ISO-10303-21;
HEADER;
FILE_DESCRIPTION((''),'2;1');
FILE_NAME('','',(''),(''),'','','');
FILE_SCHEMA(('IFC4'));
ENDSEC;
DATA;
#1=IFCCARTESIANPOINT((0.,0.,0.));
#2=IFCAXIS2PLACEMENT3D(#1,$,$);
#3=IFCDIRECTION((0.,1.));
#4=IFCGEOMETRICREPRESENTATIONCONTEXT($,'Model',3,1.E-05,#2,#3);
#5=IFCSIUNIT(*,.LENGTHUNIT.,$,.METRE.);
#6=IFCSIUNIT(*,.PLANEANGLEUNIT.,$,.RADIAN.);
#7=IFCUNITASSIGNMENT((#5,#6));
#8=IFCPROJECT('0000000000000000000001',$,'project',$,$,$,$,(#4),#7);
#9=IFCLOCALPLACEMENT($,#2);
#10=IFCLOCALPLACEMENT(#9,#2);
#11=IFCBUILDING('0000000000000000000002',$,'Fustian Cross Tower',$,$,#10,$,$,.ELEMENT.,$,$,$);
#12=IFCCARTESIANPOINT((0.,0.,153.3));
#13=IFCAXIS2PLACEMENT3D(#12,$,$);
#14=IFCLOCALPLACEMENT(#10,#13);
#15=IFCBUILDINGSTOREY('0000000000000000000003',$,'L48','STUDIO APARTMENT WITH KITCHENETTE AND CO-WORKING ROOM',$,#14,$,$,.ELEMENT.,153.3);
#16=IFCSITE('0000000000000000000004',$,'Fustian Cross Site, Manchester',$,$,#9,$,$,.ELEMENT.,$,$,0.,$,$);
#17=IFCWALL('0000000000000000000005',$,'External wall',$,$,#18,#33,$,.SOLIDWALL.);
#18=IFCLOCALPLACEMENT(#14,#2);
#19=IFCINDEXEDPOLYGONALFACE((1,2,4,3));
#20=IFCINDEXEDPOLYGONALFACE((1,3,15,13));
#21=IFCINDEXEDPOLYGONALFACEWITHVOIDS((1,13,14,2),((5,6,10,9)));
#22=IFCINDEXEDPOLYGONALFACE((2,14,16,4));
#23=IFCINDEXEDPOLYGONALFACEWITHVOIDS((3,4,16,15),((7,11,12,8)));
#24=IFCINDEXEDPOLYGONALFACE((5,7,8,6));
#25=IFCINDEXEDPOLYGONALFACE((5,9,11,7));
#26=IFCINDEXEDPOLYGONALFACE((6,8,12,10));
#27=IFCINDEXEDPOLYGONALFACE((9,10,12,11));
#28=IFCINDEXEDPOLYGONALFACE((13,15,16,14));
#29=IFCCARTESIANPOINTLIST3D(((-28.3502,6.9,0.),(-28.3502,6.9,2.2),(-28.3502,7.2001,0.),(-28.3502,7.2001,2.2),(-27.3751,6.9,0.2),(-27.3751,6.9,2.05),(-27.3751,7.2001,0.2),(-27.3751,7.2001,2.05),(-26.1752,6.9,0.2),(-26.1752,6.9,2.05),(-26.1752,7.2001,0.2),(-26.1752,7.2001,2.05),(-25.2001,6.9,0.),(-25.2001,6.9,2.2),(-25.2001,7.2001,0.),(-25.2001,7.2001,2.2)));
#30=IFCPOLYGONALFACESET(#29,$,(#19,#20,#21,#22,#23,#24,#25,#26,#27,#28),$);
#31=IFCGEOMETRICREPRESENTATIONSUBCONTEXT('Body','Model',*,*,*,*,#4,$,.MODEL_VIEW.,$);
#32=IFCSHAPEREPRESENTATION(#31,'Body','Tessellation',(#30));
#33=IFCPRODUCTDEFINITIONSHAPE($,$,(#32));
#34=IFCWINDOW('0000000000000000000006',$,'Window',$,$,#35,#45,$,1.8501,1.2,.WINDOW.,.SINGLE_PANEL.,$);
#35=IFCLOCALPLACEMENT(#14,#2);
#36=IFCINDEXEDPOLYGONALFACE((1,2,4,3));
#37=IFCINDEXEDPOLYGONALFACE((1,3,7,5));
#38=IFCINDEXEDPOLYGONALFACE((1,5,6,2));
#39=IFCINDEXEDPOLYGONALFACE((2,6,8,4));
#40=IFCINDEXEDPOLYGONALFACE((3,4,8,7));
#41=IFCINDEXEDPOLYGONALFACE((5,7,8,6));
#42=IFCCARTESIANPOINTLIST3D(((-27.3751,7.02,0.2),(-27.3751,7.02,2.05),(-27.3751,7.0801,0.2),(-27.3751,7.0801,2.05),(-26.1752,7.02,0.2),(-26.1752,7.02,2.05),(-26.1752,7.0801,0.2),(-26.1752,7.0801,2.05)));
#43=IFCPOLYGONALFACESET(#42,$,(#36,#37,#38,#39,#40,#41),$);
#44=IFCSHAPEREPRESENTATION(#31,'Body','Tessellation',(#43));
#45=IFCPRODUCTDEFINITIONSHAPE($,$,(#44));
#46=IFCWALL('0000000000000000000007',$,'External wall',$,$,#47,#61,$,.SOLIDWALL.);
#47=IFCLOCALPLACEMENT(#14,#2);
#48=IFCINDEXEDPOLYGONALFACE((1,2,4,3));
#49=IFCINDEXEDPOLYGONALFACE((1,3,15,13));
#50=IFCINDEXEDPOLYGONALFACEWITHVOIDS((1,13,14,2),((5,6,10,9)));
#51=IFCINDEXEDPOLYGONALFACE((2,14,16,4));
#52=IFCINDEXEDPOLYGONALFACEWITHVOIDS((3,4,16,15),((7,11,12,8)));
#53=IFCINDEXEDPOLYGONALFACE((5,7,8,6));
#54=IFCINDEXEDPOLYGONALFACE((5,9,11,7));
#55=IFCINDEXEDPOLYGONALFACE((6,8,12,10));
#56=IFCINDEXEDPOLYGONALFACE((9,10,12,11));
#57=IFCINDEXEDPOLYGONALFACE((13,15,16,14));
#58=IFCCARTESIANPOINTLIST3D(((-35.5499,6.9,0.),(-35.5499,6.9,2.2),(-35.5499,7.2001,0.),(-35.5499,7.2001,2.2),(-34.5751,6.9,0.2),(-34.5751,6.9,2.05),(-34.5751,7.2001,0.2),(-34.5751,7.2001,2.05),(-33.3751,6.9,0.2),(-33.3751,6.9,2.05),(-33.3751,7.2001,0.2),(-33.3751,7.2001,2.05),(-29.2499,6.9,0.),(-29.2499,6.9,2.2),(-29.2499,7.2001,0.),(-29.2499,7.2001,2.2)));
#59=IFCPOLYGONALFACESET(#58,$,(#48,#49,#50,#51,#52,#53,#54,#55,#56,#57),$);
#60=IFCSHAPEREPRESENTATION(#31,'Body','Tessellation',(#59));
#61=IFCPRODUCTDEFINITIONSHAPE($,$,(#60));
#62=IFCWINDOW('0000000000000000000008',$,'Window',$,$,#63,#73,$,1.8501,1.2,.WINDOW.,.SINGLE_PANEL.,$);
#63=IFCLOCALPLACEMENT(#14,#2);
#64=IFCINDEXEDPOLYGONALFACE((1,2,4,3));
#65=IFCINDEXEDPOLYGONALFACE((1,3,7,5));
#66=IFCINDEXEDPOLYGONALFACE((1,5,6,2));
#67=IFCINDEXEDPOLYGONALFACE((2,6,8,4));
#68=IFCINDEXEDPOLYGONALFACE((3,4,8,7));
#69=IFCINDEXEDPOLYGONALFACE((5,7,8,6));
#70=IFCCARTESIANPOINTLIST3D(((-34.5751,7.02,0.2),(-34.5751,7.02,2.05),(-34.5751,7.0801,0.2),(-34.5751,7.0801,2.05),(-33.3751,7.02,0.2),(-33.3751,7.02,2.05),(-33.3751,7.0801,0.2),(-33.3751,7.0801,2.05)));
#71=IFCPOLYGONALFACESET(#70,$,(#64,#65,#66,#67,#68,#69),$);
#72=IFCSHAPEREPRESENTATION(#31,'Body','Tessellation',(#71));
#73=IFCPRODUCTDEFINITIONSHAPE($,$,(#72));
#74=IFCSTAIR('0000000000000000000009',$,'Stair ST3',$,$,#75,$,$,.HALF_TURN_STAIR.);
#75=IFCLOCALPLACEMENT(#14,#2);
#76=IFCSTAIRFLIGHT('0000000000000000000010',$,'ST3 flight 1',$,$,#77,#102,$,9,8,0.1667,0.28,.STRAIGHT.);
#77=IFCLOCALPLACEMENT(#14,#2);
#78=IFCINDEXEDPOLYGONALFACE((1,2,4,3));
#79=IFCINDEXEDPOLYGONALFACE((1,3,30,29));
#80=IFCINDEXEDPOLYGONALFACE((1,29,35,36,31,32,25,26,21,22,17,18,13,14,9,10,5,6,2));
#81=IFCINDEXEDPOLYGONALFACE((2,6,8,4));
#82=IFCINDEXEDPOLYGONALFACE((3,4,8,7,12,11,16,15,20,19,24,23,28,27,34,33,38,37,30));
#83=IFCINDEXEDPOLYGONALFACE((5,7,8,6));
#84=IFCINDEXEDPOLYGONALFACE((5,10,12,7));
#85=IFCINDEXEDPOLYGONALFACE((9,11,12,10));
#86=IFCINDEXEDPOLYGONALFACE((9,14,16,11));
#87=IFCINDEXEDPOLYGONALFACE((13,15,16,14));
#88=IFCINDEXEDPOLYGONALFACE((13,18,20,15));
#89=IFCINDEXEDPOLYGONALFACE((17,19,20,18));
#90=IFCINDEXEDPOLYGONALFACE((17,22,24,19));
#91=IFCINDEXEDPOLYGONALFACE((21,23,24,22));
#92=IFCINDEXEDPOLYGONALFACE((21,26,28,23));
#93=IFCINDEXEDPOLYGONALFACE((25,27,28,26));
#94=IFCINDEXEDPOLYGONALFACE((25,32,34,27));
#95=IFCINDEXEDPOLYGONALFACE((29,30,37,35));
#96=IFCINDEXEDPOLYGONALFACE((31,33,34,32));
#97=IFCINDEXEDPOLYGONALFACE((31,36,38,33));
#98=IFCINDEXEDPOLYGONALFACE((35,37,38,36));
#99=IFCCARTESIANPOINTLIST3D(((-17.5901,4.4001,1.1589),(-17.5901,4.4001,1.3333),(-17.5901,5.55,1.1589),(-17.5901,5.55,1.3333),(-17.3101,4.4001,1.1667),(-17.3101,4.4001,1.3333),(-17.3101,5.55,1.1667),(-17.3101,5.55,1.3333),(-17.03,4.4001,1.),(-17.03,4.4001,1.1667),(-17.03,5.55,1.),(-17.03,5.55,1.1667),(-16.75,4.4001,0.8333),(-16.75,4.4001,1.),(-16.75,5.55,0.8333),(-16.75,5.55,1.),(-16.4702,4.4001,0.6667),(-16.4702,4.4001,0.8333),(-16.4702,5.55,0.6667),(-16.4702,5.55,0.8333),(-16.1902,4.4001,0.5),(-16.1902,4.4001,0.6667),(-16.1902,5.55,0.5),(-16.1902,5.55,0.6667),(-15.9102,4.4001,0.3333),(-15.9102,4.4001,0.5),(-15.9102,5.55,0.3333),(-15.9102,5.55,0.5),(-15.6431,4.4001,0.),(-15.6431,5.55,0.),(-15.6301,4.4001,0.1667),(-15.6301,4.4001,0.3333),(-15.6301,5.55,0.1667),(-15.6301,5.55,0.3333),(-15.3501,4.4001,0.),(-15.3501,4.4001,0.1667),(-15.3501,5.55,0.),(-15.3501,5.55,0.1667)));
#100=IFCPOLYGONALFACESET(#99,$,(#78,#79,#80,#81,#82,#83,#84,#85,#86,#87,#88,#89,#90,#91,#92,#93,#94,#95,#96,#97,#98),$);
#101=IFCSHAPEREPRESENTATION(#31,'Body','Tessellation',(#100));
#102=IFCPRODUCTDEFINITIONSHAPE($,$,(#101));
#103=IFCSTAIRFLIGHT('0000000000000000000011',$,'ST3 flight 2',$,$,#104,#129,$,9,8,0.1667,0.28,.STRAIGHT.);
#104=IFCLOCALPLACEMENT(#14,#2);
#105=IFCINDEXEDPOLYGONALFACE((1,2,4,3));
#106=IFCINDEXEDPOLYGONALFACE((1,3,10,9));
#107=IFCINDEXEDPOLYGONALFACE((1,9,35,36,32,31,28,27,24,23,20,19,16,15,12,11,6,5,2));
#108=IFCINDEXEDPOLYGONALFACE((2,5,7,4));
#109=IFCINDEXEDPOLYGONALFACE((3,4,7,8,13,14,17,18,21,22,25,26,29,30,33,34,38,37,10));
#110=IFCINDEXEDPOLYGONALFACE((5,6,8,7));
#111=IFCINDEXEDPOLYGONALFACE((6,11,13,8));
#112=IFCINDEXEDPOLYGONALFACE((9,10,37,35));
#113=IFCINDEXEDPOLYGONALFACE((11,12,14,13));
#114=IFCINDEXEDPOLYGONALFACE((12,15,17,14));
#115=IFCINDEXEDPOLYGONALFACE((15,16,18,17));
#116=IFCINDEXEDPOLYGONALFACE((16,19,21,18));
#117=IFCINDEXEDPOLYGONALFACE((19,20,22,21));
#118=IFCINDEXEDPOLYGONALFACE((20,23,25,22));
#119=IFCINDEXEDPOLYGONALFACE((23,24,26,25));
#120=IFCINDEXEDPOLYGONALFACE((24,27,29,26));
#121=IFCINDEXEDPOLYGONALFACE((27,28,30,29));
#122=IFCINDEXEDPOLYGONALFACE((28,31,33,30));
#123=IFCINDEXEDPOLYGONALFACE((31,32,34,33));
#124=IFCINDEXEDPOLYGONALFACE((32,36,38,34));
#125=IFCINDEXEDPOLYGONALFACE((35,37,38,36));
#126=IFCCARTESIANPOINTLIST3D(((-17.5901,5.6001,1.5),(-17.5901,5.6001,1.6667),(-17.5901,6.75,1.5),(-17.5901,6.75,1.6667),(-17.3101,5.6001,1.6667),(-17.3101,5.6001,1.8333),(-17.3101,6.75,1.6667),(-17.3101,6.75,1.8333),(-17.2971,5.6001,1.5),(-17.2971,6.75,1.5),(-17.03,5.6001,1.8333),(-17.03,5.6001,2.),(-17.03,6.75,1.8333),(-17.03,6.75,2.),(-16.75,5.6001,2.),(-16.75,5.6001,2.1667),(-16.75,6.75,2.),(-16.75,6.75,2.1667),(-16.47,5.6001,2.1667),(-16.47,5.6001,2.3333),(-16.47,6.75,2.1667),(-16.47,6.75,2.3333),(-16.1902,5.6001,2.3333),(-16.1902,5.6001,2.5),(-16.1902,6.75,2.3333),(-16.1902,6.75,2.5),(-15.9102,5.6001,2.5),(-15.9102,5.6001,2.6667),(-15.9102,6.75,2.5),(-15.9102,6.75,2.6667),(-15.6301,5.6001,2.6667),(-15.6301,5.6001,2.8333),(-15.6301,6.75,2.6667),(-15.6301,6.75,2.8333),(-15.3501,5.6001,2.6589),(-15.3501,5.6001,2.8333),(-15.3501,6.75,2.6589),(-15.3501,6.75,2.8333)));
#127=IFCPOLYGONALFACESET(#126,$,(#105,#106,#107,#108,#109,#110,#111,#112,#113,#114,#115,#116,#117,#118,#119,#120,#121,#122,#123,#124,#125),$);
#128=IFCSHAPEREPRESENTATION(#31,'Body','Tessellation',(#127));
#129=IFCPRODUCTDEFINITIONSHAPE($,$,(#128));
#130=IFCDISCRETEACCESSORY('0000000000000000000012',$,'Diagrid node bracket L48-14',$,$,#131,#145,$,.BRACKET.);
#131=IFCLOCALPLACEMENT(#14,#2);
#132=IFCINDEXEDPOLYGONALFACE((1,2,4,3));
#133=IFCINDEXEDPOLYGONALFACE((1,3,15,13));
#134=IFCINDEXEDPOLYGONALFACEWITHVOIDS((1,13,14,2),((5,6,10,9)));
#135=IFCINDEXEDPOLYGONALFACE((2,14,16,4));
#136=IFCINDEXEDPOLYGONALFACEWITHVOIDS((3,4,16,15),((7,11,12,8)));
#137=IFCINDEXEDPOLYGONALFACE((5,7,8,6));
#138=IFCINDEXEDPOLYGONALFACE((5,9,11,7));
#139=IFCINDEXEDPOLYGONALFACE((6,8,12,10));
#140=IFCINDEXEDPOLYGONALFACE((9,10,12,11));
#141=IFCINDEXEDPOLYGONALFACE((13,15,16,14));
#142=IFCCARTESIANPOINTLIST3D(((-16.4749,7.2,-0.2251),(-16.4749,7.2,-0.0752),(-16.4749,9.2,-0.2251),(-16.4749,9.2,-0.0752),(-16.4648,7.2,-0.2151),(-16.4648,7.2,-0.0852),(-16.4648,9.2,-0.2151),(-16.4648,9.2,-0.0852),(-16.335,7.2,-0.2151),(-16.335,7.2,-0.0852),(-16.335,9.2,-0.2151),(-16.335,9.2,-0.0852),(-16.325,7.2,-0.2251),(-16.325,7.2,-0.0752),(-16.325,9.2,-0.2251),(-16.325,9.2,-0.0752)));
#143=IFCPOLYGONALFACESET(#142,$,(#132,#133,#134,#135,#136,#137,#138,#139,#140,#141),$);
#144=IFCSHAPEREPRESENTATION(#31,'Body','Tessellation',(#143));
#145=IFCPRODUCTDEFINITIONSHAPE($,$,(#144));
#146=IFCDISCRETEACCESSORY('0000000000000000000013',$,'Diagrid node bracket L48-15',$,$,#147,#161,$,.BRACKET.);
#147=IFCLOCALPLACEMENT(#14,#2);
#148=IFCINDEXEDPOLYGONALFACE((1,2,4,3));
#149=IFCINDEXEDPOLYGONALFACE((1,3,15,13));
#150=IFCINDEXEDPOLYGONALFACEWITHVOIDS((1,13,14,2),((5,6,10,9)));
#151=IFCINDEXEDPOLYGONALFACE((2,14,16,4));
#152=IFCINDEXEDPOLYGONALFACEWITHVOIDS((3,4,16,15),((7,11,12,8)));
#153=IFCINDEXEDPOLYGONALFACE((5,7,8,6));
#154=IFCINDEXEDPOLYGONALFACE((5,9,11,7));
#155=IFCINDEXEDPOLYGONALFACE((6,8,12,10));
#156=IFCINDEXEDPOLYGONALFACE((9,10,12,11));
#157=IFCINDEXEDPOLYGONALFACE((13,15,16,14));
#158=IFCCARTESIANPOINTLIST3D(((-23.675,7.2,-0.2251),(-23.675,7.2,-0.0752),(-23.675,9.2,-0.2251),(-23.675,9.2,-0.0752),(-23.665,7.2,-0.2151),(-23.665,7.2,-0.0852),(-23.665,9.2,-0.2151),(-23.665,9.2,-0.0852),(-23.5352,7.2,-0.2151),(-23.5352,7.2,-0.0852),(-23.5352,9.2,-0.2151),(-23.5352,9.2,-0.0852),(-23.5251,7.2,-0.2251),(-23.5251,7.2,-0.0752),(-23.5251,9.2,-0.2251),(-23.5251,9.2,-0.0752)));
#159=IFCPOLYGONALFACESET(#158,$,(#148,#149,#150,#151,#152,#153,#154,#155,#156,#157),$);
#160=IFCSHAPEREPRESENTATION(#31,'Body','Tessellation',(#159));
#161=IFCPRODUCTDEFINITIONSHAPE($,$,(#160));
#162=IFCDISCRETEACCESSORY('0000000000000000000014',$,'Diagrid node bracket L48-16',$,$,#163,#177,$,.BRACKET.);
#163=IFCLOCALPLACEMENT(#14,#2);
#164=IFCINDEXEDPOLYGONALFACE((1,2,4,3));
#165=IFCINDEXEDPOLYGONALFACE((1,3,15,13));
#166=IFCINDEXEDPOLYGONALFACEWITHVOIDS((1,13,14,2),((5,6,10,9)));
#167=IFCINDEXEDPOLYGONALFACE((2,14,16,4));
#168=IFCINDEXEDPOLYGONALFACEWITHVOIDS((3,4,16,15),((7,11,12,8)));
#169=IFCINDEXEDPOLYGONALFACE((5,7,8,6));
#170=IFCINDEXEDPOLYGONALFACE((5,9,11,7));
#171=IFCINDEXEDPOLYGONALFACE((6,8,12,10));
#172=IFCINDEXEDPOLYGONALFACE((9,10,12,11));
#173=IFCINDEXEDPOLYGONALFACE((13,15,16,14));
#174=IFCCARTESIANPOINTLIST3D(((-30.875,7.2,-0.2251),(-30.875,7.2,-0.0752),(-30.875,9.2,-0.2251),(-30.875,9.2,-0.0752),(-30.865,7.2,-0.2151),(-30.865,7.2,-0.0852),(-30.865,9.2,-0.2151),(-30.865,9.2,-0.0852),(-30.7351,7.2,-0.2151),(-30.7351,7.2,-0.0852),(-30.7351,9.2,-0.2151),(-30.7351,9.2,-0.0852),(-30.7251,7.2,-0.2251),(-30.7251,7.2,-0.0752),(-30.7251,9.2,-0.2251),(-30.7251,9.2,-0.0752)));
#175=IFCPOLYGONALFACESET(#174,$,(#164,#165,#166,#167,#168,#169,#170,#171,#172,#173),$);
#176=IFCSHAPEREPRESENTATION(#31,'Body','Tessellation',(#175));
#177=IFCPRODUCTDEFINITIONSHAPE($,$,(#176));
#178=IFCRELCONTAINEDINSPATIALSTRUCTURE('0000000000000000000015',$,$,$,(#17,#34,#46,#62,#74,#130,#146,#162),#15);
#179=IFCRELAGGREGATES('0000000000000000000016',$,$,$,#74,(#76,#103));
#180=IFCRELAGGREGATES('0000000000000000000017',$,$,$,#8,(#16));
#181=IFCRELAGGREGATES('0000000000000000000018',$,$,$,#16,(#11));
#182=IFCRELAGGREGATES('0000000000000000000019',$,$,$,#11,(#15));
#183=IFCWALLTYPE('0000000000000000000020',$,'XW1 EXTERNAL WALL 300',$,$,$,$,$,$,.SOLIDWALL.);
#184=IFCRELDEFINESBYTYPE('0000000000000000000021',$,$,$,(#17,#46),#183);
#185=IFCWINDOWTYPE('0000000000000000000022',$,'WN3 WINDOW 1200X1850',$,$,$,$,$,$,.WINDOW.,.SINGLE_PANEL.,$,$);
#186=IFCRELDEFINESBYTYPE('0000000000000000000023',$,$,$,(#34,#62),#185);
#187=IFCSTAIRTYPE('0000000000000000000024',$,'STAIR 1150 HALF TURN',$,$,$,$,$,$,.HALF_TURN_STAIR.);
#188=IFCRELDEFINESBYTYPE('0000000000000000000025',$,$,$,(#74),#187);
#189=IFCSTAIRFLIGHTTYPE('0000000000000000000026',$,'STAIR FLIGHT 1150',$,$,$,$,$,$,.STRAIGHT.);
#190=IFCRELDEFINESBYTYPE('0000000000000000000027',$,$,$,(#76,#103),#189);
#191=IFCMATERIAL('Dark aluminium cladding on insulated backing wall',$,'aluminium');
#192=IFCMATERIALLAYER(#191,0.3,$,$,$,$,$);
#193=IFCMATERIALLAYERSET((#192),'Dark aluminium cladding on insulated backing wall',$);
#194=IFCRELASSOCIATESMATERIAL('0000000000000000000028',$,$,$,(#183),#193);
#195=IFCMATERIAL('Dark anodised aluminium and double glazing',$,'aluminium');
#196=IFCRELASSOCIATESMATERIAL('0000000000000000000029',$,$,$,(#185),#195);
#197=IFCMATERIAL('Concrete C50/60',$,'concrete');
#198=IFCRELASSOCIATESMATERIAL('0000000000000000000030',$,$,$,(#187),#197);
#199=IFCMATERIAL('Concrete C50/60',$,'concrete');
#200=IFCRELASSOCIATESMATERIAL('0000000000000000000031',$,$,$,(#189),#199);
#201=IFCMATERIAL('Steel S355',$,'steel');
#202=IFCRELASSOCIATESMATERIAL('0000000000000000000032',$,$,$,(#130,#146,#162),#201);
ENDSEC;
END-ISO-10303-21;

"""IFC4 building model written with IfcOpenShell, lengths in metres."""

from ifc_helpers import new_model, si_unit, direction, frame, frame_2d, origin, origin_2d, place, context, subcontext, project, spatial, polyline, rectangle, hollow_rectangle, outline, extrude, material, layer, layer_set, type_object, element, fill, aggregate, save


model = new_model("IFC4")

# Units and contexts
model_context = context("Model", 3, precision=1e-05, world=origin(), true_north=direction((0.0, 1.0)))
body_context = subcontext(model_context, "Body", "Model", "MODEL_VIEW")
ifc_project = project(units=[si_unit("LENGTHUNIT", "METRE"), si_unit("PLANEANGLEUNIT", "RADIAN")], contexts=[model_context])

# Site, building, storey
site_placement = place(None, origin())
site = spatial("IfcSite", under=ifc_project, at=site_placement, Name="Fustian Cross Site, Manchester", CompositionType="ELEMENT", RefElevation=0.0)
building_placement = place(site_placement, origin())
building = spatial("IfcBuilding", under=site, at=building_placement, Name="Fustian Cross Tower", CompositionType="ELEMENT")
storey_placement = place(building_placement, frame((0.0, 0.0, 153.3)))
storey = spatial("IfcBuildingStorey", under=building, at=storey_placement, Name="L48", Description="STUDIO APARTMENT WITH KITCHENETTE AND CO-WORKING ROOM", CompositionType="ELEMENT", Elevation=153.3)

# Shared definitions
ifc_material_1 = material(Name="Dark aluminium cladding on insulated backing wall", Category="aluminium")
ifc_layer_1 = layer(ifc_material_1, 0.3)
ifc_layer_set_1 = layer_set([ifc_layer_1], Name="Dark aluminium cladding on insulated backing wall")
wall_type_1 = type_object("IfcWallType", Name="XW1 EXTERNAL WALL 300", PredefinedType="SOLIDWALL", material=ifc_layer_set_1)

# Walls, openings, windows
wall_1_placement = place(storey_placement, frame((-25.2, 7.05, 0.0), z_axis=(0.0, 0.0, 1.0), x_axis=(-1.0, 0.0, 0.0)))
wall_1 = element("IfcWall", 1, at=wall_1_placement, inside=storey, type_object=wall_type_1, Name="External wall", PredefinedType="SOLIDWALL", context=body_context, shape_type="SweptSolid", body=[
    extrude(rectangle(XDim=3.1501, YDim=0.3, at=frame_2d((1.5752, 0.0))), origin(), (0.0, 0.0, 1.0), 2.2),
])
opening_1_placement = place(wall_1_placement, frame((0.9751, 0.0, 0.2)))
opening_1 = element("IfcOpeningElement", 2, at=opening_1_placement, cuts=wall_1, PredefinedType="OPENING", context=body_context, shape_type="SweptSolid", body=[
    extrude(rectangle(XDim=1.2, YDim=1.8501, at=frame_2d((0.6001, 0.925))), frame((0.0, 0.1599, 0.0), z_axis=(0.0, -1.0, 0.0), x_axis=(1.0, 0.0, 0.0)), (0.0, 0.0, 1.0), 0.3201),
])
ifc_material_2 = material(Name="Dark anodised aluminium and double glazing", Category="aluminium")
window_type = type_object("IfcWindowType", Name="WN3 WINDOW 1200X1850", PartitioningType="SINGLE_PANEL", PredefinedType="WINDOW", material=ifc_material_2)
window_1_placement = place(opening_1_placement, origin())
window_1 = element("IfcWindow", 3, at=window_1_placement, inside=storey, type_object=window_type, Name="Window", OverallHeight=1.8501, OverallWidth=1.2, PartitioningType="SINGLE_PANEL", PredefinedType="WINDOW", context=body_context, shape_type="SweptSolid", body=[
    extrude(rectangle(XDim=1.2, YDim=1.8501, at=frame_2d((0.6001, 0.925))), frame((0.0, 0.03, 0.0), z_axis=(0.0, -1.0, 0.0), x_axis=(1.0, 0.0, 0.0)), (0.0, 0.0, 1.0), 0.0601),
])
fill(opening_1, window_1)
wall_2_placement = place(storey_placement, frame((-29.25, 7.05, 0.0), z_axis=(0.0, 0.0, 1.0), x_axis=(-1.0, 0.0, 0.0)))
wall_2 = element("IfcWall", 4, at=wall_2_placement, inside=storey, type_object=wall_type_1, Name="External wall", PredefinedType="SOLIDWALL", context=body_context, shape_type="SweptSolid", body=[
    extrude(rectangle(XDim=6.3, YDim=0.3, at=frame_2d((3.1499, 0.0))), origin(), (0.0, 0.0, 1.0), 2.2),
])
opening_2_placement = place(wall_2_placement, frame((4.125, 0.0, 0.2)))
opening_2 = element("IfcOpeningElement", 5, at=opening_2_placement, cuts=wall_2, PredefinedType="OPENING", context=body_context, shape_type="SweptSolid", body=[
    extrude(rectangle(XDim=1.2, YDim=1.8501, at=frame_2d((0.6001, 0.925))), frame((0.0, 0.1599, 0.0), z_axis=(0.0, -1.0, 0.0), x_axis=(1.0, 0.0, 0.0)), (0.0, 0.0, 1.0), 0.3201),
])
window_2_placement = place(opening_2_placement, origin())
window_2 = element("IfcWindow", 6, at=window_2_placement, inside=storey, type_object=window_type, Name="Window", OverallHeight=1.8501, OverallWidth=1.2, PartitioningType="SINGLE_PANEL", PredefinedType="WINDOW", context=body_context, shape_type="SweptSolid", body=[
    extrude(rectangle(XDim=1.2, YDim=1.8501, at=frame_2d((0.6001, 0.925))), frame((0.0, 0.03, 0.0), z_axis=(0.0, -1.0, 0.0), x_axis=(1.0, 0.0, 0.0)), (0.0, 0.0, 1.0), 0.0601),
])
fill(opening_2, window_2)

# Stair, stair flights
ifc_material_3 = material(Name="Concrete C50/60", Category="concrete")
stair_type = type_object("IfcStairType", Name="STAIR 1150 HALF TURN", PredefinedType="HALF_TURN_STAIR", material=ifc_material_3)
stair_placement = place(storey_placement, origin())
stair = element("IfcStair", 7, at=stair_placement, inside=storey, type_object=stair_type, Name="Stair ST3", PredefinedType="HALF_TURN_STAIR")
ifc_material_4 = material(Name="Concrete C50/60", Category="concrete")
stair_flight_type = type_object("IfcStairFlightType", Name="STAIR FLIGHT 1150", PredefinedType="STRAIGHT", material=ifc_material_4)
stair_flight_1_placement = place(storey_placement, frame((-15.3501, 4.9751, 0.0), z_axis=(0.0, 0.0, 1.0), x_axis=(-1.0, 0.0, 0.0)))
stair_flight_1 = element("IfcStairFlight", 8, at=stair_flight_1_placement, type_object=stair_flight_type, Name="ST3 flight 1", NumberOfRisers=9, NumberOfTreads=8, PredefinedType="STRAIGHT", RiserHeight=0.1667, TreadLength=0.28, context=body_context, shape_type="SweptSolid", body=[
    extrude(outline(polyline([(0.0, 0.0), (0.0, 0.1667), (0.28, 0.1667), (0.28, 0.3333), (0.5601, 0.3333), (0.5601, 0.5), (0.8401, 0.5), (0.8401, 0.6667), (1.1201, 0.6667), (1.1201, 0.8333), (1.3999, 0.8333), (1.3999, 1.0), (1.6799, 1.0), (1.6799, 1.1667), (1.96, 1.1667), (1.96, 1.3333), (2.24, 1.3333), (2.24, 1.5), (2.24, 1.1589), (0.293, 0.0), (0.0, 0.0)])), frame((0.0, 0.575, 0.0), z_axis=(0.0, -1.0, 0.0), x_axis=(1.0, 0.0, 0.0)), (0.0, 0.0, 1.0), 1.1499),
])
stair_flight_2_placement = place(storey_placement, frame((-17.5901, 6.175, 1.5), z_axis=(0.0, 0.0, 1.0), x_axis=(1.0, 0.0, 0.0)))
stair_flight_2 = element("IfcStairFlight", 9, at=stair_flight_2_placement, type_object=stair_flight_type, Name="ST3 flight 2", NumberOfRisers=9, NumberOfTreads=8, PredefinedType="STRAIGHT", RiserHeight=0.1667, TreadLength=0.28, context=body_context, shape_type="SweptSolid", body=[
    extrude(outline(polyline([(0.0, 0.0), (0.0, 0.1667), (0.28, 0.1667), (0.28, 0.3333), (0.5601, 0.3333), (0.5601, 0.5), (0.8401, 0.5), (0.8401, 0.6667), (1.1201, 0.6667), (1.1201, 0.8333), (1.3999, 0.8333), (1.3999, 1.0), (1.6799, 1.0), (1.6799, 1.1667), (1.96, 1.1667), (1.96, 1.3333), (2.24, 1.3333), (2.24, 1.5), (2.24, 1.1589), (0.293, 0.0), (0.0, 0.0)])), frame((0.0, 0.575, 0.0), z_axis=(0.0, -1.0, 0.0), x_axis=(1.0, 0.0, 0.0)), (0.0, 0.0, 1.0), 1.1499),
])
aggregate(stair, [stair_flight_1, stair_flight_2])

# Discrete accessories
ifc_material_5 = material(Name="Steel S355", Category="steel")
for number, where, z_axis, x_axis, name in (
    (10, (-16.3999, 9.2, -0.1501), (0.0, -1.0, 0.0), (1.0, 0.0, 0.0), "Diagrid node bracket L48-14"),
    (11, (-23.6001, 9.2, -0.1501), (0.0, -1.0, 0.0), (1.0, 0.0, 0.0), "Diagrid node bracket L48-15"),
    (12, (-30.8, 9.2, -0.1501), (0.0, -1.0, 0.0), (1.0, 0.0, 0.0), "Diagrid node bracket L48-16"),
):
    element("IfcDiscreteAccessory", number, at=place(storey_placement, frame(where, z_axis=z_axis, x_axis=x_axis)), inside=storey, material=ifc_material_5, Name=name, PredefinedType="BRACKET", context=body_context, shape_type="SweptSolid", body=[
        extrude(hollow_rectangle(XDim=0.1499, YDim=0.1499, WallThickness=0.01, at=origin_2d()), origin(), (0.0, 0.0, 1.0), 2.0),
    ])

save(model, "model.ifc")
